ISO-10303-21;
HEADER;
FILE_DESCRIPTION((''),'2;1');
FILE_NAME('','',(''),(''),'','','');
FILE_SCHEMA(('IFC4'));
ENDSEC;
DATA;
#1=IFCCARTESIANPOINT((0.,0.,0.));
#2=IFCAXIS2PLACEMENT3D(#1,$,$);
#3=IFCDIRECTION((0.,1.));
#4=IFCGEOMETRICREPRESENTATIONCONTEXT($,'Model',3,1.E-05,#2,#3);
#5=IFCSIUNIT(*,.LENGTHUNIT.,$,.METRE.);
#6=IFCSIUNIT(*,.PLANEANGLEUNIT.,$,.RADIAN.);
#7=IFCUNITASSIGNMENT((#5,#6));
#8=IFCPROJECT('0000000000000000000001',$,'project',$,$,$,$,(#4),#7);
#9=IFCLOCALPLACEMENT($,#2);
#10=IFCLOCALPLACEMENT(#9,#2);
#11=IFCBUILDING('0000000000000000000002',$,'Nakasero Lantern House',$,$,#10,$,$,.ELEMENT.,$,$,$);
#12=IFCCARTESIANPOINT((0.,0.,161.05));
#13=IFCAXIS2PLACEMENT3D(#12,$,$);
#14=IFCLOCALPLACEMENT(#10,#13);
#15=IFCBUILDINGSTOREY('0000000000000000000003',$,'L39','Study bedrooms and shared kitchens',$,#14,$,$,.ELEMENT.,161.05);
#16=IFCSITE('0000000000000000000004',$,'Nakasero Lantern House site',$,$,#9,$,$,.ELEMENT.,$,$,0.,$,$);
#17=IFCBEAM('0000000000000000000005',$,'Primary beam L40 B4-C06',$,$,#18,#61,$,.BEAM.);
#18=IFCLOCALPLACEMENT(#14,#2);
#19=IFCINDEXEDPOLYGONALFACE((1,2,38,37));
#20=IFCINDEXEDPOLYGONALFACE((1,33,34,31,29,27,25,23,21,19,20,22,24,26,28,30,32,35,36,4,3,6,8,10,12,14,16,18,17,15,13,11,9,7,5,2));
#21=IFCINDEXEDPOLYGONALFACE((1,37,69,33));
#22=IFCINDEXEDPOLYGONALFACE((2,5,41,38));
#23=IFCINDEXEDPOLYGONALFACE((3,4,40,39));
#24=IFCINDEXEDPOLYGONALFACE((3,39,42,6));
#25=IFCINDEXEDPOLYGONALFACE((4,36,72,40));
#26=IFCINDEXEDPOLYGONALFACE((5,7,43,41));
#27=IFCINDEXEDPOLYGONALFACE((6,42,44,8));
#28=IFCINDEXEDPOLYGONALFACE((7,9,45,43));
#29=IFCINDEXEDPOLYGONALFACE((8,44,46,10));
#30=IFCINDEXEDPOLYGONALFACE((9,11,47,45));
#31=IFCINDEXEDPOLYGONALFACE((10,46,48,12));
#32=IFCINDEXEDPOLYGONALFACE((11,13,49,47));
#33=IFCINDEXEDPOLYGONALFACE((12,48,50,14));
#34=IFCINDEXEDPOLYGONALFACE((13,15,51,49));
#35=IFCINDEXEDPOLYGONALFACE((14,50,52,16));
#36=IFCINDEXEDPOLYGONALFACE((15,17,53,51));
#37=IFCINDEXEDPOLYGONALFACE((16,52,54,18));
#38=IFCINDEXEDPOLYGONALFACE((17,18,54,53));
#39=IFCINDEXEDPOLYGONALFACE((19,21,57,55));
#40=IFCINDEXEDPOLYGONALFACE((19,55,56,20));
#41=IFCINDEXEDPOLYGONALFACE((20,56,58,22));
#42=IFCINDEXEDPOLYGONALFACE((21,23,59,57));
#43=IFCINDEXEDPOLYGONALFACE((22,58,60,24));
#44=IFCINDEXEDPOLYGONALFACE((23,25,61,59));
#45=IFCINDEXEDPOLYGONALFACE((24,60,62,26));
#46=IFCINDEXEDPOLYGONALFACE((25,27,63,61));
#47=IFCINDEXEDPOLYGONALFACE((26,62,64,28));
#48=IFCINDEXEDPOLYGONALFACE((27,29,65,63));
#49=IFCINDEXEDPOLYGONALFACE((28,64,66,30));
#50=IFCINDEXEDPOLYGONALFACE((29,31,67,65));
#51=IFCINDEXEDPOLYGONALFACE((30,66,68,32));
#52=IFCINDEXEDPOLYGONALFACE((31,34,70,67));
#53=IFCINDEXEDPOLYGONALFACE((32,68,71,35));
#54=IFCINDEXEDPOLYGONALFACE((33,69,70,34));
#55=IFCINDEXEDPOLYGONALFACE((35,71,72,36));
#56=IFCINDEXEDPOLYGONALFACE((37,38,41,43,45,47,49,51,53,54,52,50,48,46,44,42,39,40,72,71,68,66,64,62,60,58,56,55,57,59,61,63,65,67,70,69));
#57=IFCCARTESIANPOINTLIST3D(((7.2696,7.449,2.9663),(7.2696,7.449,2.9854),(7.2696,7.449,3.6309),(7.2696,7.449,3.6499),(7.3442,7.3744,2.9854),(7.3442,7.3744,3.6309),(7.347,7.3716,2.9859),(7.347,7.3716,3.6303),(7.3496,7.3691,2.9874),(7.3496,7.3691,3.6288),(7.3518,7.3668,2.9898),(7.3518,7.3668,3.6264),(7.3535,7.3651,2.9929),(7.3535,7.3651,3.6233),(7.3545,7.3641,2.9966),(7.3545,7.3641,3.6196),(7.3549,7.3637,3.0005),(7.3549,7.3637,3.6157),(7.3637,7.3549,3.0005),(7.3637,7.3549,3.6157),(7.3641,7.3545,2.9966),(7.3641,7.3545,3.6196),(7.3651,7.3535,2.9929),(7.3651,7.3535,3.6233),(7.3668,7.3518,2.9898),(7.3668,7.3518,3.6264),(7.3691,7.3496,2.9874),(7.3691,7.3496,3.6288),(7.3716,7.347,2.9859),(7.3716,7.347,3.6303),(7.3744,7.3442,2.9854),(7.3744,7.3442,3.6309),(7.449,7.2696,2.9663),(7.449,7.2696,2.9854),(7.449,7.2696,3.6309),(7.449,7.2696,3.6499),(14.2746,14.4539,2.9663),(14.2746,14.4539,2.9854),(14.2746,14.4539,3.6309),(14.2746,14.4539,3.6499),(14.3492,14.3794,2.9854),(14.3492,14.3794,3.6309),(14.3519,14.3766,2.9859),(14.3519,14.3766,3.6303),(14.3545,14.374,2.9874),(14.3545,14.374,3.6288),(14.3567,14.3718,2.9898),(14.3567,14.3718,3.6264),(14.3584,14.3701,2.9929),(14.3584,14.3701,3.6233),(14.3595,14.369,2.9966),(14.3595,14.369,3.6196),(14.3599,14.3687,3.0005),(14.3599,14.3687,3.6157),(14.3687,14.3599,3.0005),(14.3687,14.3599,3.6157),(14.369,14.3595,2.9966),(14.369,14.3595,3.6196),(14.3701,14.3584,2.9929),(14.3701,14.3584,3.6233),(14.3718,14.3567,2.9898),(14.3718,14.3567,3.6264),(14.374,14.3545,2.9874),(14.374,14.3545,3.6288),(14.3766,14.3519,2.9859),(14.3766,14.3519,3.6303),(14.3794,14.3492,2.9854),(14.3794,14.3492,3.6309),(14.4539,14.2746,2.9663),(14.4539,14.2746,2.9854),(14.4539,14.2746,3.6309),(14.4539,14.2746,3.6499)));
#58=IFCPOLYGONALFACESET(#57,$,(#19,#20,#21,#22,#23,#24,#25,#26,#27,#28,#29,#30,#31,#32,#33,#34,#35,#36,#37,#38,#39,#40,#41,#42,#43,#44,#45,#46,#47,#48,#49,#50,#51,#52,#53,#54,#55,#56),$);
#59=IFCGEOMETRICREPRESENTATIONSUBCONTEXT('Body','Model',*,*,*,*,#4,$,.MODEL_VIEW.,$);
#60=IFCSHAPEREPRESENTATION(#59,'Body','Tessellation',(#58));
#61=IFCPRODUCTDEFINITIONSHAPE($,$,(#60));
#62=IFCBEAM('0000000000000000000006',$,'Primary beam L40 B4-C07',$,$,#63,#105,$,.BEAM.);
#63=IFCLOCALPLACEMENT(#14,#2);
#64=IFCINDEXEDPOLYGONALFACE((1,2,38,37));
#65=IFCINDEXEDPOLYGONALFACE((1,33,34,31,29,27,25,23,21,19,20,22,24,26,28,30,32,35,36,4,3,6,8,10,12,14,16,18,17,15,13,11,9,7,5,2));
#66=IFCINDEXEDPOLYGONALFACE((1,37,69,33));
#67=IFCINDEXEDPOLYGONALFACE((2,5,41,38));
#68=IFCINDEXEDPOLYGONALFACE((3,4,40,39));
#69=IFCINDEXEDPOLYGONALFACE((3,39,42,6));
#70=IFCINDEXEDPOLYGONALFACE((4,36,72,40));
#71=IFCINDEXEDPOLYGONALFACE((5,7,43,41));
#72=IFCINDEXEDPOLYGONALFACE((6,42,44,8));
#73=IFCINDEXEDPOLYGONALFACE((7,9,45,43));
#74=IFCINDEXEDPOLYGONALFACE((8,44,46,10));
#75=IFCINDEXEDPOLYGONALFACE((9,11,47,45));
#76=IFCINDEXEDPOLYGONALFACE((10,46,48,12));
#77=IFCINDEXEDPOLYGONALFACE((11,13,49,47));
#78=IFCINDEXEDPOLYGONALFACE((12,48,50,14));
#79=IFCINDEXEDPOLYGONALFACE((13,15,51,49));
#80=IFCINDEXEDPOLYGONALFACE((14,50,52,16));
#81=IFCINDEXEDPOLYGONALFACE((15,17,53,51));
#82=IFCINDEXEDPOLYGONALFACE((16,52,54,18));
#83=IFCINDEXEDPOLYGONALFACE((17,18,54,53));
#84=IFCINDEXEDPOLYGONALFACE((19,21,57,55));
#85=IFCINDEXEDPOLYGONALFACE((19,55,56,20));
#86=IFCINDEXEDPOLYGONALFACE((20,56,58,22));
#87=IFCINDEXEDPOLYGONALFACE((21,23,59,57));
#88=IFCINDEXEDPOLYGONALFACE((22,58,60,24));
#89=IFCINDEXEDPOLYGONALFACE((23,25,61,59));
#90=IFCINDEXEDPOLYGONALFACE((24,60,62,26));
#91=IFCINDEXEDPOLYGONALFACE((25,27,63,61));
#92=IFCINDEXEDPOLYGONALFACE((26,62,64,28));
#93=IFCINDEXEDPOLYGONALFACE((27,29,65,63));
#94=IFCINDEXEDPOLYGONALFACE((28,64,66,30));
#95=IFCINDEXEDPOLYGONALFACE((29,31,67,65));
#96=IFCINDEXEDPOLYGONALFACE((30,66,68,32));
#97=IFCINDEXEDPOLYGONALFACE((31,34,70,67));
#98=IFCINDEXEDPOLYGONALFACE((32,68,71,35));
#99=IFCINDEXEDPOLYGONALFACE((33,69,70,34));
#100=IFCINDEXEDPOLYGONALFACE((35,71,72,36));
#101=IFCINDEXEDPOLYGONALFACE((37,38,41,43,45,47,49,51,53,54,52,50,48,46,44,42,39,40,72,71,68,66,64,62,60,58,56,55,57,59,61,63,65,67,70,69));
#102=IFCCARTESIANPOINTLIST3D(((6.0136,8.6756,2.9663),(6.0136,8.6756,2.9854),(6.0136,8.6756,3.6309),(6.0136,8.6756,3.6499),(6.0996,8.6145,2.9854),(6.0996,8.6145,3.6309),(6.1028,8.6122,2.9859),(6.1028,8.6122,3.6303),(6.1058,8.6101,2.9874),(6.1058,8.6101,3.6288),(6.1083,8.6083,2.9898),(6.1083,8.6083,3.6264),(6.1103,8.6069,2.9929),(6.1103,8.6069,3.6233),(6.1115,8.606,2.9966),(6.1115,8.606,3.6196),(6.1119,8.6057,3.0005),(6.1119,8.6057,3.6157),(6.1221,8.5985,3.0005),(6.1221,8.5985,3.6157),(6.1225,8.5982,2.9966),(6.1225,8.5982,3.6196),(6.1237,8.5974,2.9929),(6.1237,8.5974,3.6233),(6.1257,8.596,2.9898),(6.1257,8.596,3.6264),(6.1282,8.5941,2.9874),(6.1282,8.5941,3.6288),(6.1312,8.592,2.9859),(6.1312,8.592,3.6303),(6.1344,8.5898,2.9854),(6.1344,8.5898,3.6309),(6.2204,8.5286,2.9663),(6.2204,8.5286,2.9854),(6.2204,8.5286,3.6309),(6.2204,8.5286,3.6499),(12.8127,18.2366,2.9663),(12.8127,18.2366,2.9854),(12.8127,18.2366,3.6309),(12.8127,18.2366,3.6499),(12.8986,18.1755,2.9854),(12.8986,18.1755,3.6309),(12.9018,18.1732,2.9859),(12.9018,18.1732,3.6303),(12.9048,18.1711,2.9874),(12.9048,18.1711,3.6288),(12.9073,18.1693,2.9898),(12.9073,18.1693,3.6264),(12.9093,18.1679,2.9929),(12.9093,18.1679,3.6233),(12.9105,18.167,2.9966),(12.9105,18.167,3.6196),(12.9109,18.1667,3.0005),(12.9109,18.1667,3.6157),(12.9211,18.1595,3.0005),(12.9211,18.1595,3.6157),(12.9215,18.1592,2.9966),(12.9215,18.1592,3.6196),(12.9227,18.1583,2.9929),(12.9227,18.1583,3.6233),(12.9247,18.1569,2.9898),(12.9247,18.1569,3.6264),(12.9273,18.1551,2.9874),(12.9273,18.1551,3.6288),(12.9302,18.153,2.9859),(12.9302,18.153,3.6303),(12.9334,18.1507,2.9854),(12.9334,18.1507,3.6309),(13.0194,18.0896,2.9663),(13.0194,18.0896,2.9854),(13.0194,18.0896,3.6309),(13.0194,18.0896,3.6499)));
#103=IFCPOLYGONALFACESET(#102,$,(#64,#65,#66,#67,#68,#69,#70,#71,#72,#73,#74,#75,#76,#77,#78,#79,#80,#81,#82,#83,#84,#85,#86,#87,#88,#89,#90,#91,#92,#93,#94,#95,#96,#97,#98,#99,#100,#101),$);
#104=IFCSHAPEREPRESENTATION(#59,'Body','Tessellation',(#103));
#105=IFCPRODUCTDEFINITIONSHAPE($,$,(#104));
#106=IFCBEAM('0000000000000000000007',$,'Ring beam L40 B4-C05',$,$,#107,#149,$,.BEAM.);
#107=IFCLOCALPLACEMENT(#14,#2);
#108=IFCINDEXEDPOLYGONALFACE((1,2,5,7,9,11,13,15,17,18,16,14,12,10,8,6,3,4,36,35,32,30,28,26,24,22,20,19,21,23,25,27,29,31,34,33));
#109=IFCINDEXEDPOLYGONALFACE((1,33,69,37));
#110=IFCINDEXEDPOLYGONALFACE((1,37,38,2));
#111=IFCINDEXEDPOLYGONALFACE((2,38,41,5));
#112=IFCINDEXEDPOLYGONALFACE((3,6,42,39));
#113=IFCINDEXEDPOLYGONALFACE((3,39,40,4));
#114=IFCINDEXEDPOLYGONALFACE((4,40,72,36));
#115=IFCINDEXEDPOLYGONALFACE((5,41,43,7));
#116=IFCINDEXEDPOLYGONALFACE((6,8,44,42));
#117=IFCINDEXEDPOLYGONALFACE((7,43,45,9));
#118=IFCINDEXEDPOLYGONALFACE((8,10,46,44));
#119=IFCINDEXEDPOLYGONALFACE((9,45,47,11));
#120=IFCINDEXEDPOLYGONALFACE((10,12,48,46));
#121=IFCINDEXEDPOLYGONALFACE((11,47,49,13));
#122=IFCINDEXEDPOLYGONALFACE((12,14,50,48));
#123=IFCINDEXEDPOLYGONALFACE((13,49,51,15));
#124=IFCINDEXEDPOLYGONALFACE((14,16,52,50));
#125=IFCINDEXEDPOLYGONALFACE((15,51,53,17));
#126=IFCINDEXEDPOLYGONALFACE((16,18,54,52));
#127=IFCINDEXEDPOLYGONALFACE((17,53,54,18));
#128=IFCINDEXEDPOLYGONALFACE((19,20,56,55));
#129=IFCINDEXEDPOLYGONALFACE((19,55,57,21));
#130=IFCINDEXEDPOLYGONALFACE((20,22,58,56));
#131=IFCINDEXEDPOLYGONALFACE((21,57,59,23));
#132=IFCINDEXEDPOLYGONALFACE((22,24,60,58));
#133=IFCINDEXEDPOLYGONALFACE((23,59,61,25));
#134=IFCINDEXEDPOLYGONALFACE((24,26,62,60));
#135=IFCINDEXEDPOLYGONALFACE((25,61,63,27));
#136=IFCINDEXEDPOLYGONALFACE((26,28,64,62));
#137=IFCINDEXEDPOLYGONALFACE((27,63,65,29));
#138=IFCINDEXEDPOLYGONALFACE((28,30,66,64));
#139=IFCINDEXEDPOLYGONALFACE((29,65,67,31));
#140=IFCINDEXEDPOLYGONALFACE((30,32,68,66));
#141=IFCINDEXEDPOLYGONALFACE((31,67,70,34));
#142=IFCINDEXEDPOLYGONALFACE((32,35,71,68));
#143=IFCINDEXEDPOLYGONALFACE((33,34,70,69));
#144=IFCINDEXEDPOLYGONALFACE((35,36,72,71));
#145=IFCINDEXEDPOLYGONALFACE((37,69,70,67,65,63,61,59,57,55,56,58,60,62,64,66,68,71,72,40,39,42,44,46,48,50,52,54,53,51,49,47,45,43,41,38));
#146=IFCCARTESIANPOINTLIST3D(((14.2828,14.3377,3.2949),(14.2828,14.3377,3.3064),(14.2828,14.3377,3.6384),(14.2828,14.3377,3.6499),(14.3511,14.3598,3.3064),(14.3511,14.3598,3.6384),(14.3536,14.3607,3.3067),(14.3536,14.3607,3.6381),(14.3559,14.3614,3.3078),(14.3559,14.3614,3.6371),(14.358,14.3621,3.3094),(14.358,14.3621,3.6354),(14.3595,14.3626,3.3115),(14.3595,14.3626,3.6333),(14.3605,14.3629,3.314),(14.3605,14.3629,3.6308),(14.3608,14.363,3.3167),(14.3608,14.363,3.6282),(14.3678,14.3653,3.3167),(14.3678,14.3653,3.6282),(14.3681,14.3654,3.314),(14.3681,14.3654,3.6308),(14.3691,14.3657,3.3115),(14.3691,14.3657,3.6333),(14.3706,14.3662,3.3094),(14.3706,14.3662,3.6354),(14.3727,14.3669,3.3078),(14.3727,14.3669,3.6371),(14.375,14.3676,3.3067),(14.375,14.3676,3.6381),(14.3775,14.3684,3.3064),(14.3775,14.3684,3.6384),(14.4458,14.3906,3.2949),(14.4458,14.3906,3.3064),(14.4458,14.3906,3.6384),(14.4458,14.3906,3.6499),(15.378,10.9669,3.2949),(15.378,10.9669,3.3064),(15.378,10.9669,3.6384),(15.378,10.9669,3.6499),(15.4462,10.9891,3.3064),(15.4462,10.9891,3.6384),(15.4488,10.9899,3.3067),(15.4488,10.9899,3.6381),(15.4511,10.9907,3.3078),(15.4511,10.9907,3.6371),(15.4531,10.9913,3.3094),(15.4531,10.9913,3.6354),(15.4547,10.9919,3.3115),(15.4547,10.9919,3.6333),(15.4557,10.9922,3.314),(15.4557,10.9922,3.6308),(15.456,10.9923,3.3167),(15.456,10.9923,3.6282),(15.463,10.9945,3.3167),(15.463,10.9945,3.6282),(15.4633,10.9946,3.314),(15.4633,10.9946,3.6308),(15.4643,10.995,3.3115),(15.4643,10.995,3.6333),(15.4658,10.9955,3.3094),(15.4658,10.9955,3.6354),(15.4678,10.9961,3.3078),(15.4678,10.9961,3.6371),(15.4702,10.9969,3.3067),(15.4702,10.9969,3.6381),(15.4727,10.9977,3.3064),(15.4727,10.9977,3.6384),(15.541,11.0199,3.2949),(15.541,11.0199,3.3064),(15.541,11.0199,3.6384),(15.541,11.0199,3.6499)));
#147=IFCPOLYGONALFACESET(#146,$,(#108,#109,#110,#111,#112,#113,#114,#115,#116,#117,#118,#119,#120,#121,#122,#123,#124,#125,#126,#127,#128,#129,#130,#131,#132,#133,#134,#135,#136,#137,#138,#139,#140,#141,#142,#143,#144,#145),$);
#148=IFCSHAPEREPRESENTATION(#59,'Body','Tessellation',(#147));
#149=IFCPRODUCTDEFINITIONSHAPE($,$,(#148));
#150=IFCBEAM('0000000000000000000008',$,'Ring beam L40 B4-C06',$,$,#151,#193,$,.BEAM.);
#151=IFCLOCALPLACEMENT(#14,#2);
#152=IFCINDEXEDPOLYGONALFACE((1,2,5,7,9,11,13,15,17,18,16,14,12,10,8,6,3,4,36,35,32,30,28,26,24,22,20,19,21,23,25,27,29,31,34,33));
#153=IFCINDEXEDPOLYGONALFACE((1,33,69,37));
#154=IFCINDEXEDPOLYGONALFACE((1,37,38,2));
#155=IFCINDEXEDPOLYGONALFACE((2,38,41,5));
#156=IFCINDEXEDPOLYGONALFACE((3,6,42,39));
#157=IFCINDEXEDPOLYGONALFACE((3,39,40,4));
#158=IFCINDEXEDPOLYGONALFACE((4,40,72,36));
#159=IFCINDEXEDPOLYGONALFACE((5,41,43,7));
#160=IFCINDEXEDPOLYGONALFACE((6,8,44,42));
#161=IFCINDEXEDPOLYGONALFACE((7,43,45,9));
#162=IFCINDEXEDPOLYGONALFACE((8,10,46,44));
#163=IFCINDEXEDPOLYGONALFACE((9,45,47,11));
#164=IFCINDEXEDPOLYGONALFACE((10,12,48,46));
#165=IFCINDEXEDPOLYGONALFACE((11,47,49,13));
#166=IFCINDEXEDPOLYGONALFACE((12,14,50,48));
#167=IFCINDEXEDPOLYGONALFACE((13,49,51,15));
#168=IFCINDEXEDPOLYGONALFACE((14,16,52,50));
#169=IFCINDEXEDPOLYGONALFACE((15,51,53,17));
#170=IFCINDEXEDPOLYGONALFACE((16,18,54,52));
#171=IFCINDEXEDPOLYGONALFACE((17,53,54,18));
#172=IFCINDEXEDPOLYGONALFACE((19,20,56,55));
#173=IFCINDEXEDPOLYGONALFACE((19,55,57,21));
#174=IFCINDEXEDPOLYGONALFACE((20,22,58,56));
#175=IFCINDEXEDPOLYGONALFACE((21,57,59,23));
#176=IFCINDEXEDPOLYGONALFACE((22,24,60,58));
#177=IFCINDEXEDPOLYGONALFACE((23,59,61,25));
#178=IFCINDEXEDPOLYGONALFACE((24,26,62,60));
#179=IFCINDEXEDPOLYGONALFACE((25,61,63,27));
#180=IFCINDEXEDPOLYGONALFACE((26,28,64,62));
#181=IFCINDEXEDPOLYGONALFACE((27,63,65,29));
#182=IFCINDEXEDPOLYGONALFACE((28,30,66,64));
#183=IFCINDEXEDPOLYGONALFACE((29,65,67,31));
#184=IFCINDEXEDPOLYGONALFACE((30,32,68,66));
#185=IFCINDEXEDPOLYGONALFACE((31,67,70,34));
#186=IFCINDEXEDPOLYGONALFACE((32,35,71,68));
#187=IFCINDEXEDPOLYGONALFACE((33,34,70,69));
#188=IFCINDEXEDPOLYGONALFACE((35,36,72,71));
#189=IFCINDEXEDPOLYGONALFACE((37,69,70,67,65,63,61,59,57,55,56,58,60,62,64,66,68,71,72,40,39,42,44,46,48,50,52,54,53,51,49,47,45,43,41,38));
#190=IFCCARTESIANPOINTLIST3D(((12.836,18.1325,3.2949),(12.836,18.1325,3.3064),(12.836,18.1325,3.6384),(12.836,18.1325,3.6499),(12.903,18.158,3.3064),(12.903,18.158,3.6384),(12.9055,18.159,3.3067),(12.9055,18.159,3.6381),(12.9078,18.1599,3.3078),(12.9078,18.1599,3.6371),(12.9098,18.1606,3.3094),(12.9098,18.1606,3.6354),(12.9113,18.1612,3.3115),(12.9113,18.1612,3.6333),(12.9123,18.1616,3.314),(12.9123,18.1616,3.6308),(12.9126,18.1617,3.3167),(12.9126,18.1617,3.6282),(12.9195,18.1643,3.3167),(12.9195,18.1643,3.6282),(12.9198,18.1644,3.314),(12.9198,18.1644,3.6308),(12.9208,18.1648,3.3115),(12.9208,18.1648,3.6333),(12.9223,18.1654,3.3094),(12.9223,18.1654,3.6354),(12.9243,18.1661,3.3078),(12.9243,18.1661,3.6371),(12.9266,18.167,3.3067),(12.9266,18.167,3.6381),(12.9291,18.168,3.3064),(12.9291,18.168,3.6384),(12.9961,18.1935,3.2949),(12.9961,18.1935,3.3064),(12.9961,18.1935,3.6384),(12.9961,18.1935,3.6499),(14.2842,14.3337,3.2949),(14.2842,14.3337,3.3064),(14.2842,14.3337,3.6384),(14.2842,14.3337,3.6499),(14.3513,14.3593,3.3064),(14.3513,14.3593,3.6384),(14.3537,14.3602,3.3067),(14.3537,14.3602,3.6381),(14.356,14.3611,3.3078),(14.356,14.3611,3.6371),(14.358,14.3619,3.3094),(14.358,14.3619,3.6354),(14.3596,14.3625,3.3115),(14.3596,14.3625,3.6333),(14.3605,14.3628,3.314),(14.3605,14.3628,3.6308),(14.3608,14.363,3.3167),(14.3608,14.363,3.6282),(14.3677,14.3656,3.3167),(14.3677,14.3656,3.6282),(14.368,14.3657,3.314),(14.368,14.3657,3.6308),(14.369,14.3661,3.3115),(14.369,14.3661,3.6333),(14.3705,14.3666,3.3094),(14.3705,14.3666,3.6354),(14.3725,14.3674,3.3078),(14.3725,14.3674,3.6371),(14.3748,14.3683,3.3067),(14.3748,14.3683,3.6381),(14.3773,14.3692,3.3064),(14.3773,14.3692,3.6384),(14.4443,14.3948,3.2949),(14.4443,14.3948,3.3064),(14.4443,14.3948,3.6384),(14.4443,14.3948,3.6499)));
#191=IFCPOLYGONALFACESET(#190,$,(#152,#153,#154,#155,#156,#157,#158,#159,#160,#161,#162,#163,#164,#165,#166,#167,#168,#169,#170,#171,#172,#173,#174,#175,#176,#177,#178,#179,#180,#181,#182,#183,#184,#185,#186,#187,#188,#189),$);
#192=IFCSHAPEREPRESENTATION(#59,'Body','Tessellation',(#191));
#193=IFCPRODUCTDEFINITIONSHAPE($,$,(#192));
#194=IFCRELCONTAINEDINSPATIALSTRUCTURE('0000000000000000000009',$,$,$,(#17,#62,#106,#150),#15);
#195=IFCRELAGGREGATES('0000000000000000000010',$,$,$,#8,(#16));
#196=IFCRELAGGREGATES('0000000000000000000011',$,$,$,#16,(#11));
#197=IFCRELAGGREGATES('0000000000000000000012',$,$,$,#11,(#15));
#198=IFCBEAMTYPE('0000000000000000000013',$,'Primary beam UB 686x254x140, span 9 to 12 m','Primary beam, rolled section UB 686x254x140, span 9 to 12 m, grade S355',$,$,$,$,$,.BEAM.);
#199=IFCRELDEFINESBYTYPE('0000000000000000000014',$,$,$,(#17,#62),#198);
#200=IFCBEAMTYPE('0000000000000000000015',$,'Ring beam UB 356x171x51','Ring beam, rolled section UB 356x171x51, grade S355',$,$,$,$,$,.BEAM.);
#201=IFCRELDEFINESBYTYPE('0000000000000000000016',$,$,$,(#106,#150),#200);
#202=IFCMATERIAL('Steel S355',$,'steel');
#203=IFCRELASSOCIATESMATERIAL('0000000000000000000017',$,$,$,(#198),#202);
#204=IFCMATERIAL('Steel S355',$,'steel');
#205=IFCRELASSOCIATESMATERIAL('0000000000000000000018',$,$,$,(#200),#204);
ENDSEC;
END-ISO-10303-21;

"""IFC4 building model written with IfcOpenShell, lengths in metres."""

from ifc_helpers import new_model, si_unit, direction, frame, origin, origin_2d, place, context, subcontext, project, spatial, i_section, extrude, material, material_profile, profile_set, type_object, element, save


model = new_model("IFC4")

# Units and contexts
model_context = context("Model", 3, precision=1e-05, world=origin(), true_north=direction((0.0, 1.0)))
body_context = subcontext(model_context, "Body", "Model", "MODEL_VIEW")
ifc_project = project(units=[si_unit("LENGTHUNIT", "METRE"), si_unit("PLANEANGLEUNIT", "RADIAN")], contexts=[model_context])

# Site, building, storey
site_placement = place(None, origin())
site = spatial("IfcSite", under=ifc_project, at=site_placement, Name="Nakasero Lantern House site", CompositionType="ELEMENT", RefElevation=0.0)
building_placement = place(site_placement, origin())
building = spatial("IfcBuilding", under=site, at=building_placement, Name="Nakasero Lantern House", CompositionType="ELEMENT")
storey_placement = place(building_placement, frame((0.0, 0.0, 161.05)))
storey = spatial("IfcBuildingStorey", under=building, at=storey_placement, Name="L39", Description="Study bedrooms and shared kitchens", CompositionType="ELEMENT", Elevation=161.05)

# Beams
ifc_material_1 = material(Name="Steel S355", Category="steel")
ifc_material_profile_1 = material_profile(ifc_material_1, i_section(OverallWidth=0.2537, OverallDepth=0.6836, WebThickness=0.0125, FlangeThickness=0.019, FilletRadius=0.0151, at=origin_2d()), Name="UB 686x254x140")
ifc_profile_set_1 = profile_set([ifc_material_profile_1], Name="Steel S355")
beam_type_1 = type_object("IfcBeamType", Name="Primary beam UB 686x254x140, span 9 to 12 m", Description="Primary beam, rolled section UB 686x254x140, span 9 to 12 m, grade S355", PredefinedType="BEAM", material=ifc_profile_set_1)
beam_1_placement = place(storey_placement, frame((14.3643, 14.3643, 3.3081), z_axis=(-0.707107, -0.707107, 0.0), x_axis=(0.707107, -0.707107, 0.0)))
element("IfcBeam", 1, at=beam_1_placement, inside=storey, type_object=beam_type_1, Name="Primary beam L40 B4-C06", PredefinedType="BEAM", context=body_context, shape_type="SweptSolid", body=[
    extrude(i_section(OverallWidth=0.2537, OverallDepth=0.6836, WebThickness=0.0125, FlangeThickness=0.019, FilletRadius=0.0151, at=origin_2d()), origin(), (0.0, 0.0, 1.0), 9.9065),
])
beam_2_placement = place(storey_placement, frame((12.916, 18.1631, 3.3081), z_axis=(-0.57953, -0.814951, 0.0), x_axis=(0.814951, -0.57953, 0.0)))
element("IfcBeam", 2, at=beam_2_placement, inside=storey, type_object=beam_type_1, Name="Primary beam L40 B4-C07", PredefinedType="BEAM", context=body_context, shape_type="SweptSolid", body=[
    extrude(i_section(OverallWidth=0.2537, OverallDepth=0.6836, WebThickness=0.0125, FlangeThickness=0.019, FilletRadius=0.0151, at=origin_2d()), origin(), (0.0, 0.0, 1.0), 11.7319),
])
ifc_material_2 = material(Name="Steel S355", Category="steel")
ifc_material_profile_2 = material_profile(ifc_material_2, i_section(OverallWidth=0.1714, OverallDepth=0.355, WebThickness=0.0073, FlangeThickness=0.0115, FilletRadius=0.0103, at=origin_2d()), Name="UB 356x171x51")
ifc_profile_set_2 = profile_set([ifc_material_profile_2], Name="Steel S355")
beam_type_2 = type_object("IfcBeamType", Name="Ring beam UB 356x171x51", Description="Ring beam, rolled section UB 356x171x51, grade S355", PredefinedType="BEAM", material=ifc_profile_set_2)
beam_3_placement = place(storey_placement, frame((15.4595, 10.9934, 3.4724), z_axis=(-0.309007, 0.95106, 0.0), x_axis=(-0.95106, -0.309007, 0.0)))
element("IfcBeam", 3, at=beam_3_placement, inside=storey, type_object=beam_type_2, Name="Ring beam L40 B4-C05", PredefinedType="BEAM", context=body_context, shape_type="SweptSolid", body=[
    extrude(i_section(OverallWidth=0.1714, OverallDepth=0.355, WebThickness=0.0073, FlangeThickness=0.0115, FilletRadius=0.0103, at=origin_2d()), origin(), (0.0, 0.0, 1.0), 3.5442),
])
beam_4_placement = place(storey_placement, frame((14.3643, 14.3643, 3.4724), z_axis=(-0.356225, 0.9344, 0.0), x_axis=(-0.9344, -0.356225, 0.0)))
element("IfcBeam", 4, at=beam_4_placement, inside=storey, type_object=beam_type_2, Name="Ring beam L40 B4-C06", PredefinedType="BEAM", context=body_context, shape_type="SweptSolid", body=[
    extrude(i_section(OverallWidth=0.1714, OverallDepth=0.355, WebThickness=0.0073, FlangeThickness=0.0115, FilletRadius=0.0103, at=origin_2d()), origin(), (0.0, 0.0, 1.0), 4.0654),
])

save(model, "model.ifc")
